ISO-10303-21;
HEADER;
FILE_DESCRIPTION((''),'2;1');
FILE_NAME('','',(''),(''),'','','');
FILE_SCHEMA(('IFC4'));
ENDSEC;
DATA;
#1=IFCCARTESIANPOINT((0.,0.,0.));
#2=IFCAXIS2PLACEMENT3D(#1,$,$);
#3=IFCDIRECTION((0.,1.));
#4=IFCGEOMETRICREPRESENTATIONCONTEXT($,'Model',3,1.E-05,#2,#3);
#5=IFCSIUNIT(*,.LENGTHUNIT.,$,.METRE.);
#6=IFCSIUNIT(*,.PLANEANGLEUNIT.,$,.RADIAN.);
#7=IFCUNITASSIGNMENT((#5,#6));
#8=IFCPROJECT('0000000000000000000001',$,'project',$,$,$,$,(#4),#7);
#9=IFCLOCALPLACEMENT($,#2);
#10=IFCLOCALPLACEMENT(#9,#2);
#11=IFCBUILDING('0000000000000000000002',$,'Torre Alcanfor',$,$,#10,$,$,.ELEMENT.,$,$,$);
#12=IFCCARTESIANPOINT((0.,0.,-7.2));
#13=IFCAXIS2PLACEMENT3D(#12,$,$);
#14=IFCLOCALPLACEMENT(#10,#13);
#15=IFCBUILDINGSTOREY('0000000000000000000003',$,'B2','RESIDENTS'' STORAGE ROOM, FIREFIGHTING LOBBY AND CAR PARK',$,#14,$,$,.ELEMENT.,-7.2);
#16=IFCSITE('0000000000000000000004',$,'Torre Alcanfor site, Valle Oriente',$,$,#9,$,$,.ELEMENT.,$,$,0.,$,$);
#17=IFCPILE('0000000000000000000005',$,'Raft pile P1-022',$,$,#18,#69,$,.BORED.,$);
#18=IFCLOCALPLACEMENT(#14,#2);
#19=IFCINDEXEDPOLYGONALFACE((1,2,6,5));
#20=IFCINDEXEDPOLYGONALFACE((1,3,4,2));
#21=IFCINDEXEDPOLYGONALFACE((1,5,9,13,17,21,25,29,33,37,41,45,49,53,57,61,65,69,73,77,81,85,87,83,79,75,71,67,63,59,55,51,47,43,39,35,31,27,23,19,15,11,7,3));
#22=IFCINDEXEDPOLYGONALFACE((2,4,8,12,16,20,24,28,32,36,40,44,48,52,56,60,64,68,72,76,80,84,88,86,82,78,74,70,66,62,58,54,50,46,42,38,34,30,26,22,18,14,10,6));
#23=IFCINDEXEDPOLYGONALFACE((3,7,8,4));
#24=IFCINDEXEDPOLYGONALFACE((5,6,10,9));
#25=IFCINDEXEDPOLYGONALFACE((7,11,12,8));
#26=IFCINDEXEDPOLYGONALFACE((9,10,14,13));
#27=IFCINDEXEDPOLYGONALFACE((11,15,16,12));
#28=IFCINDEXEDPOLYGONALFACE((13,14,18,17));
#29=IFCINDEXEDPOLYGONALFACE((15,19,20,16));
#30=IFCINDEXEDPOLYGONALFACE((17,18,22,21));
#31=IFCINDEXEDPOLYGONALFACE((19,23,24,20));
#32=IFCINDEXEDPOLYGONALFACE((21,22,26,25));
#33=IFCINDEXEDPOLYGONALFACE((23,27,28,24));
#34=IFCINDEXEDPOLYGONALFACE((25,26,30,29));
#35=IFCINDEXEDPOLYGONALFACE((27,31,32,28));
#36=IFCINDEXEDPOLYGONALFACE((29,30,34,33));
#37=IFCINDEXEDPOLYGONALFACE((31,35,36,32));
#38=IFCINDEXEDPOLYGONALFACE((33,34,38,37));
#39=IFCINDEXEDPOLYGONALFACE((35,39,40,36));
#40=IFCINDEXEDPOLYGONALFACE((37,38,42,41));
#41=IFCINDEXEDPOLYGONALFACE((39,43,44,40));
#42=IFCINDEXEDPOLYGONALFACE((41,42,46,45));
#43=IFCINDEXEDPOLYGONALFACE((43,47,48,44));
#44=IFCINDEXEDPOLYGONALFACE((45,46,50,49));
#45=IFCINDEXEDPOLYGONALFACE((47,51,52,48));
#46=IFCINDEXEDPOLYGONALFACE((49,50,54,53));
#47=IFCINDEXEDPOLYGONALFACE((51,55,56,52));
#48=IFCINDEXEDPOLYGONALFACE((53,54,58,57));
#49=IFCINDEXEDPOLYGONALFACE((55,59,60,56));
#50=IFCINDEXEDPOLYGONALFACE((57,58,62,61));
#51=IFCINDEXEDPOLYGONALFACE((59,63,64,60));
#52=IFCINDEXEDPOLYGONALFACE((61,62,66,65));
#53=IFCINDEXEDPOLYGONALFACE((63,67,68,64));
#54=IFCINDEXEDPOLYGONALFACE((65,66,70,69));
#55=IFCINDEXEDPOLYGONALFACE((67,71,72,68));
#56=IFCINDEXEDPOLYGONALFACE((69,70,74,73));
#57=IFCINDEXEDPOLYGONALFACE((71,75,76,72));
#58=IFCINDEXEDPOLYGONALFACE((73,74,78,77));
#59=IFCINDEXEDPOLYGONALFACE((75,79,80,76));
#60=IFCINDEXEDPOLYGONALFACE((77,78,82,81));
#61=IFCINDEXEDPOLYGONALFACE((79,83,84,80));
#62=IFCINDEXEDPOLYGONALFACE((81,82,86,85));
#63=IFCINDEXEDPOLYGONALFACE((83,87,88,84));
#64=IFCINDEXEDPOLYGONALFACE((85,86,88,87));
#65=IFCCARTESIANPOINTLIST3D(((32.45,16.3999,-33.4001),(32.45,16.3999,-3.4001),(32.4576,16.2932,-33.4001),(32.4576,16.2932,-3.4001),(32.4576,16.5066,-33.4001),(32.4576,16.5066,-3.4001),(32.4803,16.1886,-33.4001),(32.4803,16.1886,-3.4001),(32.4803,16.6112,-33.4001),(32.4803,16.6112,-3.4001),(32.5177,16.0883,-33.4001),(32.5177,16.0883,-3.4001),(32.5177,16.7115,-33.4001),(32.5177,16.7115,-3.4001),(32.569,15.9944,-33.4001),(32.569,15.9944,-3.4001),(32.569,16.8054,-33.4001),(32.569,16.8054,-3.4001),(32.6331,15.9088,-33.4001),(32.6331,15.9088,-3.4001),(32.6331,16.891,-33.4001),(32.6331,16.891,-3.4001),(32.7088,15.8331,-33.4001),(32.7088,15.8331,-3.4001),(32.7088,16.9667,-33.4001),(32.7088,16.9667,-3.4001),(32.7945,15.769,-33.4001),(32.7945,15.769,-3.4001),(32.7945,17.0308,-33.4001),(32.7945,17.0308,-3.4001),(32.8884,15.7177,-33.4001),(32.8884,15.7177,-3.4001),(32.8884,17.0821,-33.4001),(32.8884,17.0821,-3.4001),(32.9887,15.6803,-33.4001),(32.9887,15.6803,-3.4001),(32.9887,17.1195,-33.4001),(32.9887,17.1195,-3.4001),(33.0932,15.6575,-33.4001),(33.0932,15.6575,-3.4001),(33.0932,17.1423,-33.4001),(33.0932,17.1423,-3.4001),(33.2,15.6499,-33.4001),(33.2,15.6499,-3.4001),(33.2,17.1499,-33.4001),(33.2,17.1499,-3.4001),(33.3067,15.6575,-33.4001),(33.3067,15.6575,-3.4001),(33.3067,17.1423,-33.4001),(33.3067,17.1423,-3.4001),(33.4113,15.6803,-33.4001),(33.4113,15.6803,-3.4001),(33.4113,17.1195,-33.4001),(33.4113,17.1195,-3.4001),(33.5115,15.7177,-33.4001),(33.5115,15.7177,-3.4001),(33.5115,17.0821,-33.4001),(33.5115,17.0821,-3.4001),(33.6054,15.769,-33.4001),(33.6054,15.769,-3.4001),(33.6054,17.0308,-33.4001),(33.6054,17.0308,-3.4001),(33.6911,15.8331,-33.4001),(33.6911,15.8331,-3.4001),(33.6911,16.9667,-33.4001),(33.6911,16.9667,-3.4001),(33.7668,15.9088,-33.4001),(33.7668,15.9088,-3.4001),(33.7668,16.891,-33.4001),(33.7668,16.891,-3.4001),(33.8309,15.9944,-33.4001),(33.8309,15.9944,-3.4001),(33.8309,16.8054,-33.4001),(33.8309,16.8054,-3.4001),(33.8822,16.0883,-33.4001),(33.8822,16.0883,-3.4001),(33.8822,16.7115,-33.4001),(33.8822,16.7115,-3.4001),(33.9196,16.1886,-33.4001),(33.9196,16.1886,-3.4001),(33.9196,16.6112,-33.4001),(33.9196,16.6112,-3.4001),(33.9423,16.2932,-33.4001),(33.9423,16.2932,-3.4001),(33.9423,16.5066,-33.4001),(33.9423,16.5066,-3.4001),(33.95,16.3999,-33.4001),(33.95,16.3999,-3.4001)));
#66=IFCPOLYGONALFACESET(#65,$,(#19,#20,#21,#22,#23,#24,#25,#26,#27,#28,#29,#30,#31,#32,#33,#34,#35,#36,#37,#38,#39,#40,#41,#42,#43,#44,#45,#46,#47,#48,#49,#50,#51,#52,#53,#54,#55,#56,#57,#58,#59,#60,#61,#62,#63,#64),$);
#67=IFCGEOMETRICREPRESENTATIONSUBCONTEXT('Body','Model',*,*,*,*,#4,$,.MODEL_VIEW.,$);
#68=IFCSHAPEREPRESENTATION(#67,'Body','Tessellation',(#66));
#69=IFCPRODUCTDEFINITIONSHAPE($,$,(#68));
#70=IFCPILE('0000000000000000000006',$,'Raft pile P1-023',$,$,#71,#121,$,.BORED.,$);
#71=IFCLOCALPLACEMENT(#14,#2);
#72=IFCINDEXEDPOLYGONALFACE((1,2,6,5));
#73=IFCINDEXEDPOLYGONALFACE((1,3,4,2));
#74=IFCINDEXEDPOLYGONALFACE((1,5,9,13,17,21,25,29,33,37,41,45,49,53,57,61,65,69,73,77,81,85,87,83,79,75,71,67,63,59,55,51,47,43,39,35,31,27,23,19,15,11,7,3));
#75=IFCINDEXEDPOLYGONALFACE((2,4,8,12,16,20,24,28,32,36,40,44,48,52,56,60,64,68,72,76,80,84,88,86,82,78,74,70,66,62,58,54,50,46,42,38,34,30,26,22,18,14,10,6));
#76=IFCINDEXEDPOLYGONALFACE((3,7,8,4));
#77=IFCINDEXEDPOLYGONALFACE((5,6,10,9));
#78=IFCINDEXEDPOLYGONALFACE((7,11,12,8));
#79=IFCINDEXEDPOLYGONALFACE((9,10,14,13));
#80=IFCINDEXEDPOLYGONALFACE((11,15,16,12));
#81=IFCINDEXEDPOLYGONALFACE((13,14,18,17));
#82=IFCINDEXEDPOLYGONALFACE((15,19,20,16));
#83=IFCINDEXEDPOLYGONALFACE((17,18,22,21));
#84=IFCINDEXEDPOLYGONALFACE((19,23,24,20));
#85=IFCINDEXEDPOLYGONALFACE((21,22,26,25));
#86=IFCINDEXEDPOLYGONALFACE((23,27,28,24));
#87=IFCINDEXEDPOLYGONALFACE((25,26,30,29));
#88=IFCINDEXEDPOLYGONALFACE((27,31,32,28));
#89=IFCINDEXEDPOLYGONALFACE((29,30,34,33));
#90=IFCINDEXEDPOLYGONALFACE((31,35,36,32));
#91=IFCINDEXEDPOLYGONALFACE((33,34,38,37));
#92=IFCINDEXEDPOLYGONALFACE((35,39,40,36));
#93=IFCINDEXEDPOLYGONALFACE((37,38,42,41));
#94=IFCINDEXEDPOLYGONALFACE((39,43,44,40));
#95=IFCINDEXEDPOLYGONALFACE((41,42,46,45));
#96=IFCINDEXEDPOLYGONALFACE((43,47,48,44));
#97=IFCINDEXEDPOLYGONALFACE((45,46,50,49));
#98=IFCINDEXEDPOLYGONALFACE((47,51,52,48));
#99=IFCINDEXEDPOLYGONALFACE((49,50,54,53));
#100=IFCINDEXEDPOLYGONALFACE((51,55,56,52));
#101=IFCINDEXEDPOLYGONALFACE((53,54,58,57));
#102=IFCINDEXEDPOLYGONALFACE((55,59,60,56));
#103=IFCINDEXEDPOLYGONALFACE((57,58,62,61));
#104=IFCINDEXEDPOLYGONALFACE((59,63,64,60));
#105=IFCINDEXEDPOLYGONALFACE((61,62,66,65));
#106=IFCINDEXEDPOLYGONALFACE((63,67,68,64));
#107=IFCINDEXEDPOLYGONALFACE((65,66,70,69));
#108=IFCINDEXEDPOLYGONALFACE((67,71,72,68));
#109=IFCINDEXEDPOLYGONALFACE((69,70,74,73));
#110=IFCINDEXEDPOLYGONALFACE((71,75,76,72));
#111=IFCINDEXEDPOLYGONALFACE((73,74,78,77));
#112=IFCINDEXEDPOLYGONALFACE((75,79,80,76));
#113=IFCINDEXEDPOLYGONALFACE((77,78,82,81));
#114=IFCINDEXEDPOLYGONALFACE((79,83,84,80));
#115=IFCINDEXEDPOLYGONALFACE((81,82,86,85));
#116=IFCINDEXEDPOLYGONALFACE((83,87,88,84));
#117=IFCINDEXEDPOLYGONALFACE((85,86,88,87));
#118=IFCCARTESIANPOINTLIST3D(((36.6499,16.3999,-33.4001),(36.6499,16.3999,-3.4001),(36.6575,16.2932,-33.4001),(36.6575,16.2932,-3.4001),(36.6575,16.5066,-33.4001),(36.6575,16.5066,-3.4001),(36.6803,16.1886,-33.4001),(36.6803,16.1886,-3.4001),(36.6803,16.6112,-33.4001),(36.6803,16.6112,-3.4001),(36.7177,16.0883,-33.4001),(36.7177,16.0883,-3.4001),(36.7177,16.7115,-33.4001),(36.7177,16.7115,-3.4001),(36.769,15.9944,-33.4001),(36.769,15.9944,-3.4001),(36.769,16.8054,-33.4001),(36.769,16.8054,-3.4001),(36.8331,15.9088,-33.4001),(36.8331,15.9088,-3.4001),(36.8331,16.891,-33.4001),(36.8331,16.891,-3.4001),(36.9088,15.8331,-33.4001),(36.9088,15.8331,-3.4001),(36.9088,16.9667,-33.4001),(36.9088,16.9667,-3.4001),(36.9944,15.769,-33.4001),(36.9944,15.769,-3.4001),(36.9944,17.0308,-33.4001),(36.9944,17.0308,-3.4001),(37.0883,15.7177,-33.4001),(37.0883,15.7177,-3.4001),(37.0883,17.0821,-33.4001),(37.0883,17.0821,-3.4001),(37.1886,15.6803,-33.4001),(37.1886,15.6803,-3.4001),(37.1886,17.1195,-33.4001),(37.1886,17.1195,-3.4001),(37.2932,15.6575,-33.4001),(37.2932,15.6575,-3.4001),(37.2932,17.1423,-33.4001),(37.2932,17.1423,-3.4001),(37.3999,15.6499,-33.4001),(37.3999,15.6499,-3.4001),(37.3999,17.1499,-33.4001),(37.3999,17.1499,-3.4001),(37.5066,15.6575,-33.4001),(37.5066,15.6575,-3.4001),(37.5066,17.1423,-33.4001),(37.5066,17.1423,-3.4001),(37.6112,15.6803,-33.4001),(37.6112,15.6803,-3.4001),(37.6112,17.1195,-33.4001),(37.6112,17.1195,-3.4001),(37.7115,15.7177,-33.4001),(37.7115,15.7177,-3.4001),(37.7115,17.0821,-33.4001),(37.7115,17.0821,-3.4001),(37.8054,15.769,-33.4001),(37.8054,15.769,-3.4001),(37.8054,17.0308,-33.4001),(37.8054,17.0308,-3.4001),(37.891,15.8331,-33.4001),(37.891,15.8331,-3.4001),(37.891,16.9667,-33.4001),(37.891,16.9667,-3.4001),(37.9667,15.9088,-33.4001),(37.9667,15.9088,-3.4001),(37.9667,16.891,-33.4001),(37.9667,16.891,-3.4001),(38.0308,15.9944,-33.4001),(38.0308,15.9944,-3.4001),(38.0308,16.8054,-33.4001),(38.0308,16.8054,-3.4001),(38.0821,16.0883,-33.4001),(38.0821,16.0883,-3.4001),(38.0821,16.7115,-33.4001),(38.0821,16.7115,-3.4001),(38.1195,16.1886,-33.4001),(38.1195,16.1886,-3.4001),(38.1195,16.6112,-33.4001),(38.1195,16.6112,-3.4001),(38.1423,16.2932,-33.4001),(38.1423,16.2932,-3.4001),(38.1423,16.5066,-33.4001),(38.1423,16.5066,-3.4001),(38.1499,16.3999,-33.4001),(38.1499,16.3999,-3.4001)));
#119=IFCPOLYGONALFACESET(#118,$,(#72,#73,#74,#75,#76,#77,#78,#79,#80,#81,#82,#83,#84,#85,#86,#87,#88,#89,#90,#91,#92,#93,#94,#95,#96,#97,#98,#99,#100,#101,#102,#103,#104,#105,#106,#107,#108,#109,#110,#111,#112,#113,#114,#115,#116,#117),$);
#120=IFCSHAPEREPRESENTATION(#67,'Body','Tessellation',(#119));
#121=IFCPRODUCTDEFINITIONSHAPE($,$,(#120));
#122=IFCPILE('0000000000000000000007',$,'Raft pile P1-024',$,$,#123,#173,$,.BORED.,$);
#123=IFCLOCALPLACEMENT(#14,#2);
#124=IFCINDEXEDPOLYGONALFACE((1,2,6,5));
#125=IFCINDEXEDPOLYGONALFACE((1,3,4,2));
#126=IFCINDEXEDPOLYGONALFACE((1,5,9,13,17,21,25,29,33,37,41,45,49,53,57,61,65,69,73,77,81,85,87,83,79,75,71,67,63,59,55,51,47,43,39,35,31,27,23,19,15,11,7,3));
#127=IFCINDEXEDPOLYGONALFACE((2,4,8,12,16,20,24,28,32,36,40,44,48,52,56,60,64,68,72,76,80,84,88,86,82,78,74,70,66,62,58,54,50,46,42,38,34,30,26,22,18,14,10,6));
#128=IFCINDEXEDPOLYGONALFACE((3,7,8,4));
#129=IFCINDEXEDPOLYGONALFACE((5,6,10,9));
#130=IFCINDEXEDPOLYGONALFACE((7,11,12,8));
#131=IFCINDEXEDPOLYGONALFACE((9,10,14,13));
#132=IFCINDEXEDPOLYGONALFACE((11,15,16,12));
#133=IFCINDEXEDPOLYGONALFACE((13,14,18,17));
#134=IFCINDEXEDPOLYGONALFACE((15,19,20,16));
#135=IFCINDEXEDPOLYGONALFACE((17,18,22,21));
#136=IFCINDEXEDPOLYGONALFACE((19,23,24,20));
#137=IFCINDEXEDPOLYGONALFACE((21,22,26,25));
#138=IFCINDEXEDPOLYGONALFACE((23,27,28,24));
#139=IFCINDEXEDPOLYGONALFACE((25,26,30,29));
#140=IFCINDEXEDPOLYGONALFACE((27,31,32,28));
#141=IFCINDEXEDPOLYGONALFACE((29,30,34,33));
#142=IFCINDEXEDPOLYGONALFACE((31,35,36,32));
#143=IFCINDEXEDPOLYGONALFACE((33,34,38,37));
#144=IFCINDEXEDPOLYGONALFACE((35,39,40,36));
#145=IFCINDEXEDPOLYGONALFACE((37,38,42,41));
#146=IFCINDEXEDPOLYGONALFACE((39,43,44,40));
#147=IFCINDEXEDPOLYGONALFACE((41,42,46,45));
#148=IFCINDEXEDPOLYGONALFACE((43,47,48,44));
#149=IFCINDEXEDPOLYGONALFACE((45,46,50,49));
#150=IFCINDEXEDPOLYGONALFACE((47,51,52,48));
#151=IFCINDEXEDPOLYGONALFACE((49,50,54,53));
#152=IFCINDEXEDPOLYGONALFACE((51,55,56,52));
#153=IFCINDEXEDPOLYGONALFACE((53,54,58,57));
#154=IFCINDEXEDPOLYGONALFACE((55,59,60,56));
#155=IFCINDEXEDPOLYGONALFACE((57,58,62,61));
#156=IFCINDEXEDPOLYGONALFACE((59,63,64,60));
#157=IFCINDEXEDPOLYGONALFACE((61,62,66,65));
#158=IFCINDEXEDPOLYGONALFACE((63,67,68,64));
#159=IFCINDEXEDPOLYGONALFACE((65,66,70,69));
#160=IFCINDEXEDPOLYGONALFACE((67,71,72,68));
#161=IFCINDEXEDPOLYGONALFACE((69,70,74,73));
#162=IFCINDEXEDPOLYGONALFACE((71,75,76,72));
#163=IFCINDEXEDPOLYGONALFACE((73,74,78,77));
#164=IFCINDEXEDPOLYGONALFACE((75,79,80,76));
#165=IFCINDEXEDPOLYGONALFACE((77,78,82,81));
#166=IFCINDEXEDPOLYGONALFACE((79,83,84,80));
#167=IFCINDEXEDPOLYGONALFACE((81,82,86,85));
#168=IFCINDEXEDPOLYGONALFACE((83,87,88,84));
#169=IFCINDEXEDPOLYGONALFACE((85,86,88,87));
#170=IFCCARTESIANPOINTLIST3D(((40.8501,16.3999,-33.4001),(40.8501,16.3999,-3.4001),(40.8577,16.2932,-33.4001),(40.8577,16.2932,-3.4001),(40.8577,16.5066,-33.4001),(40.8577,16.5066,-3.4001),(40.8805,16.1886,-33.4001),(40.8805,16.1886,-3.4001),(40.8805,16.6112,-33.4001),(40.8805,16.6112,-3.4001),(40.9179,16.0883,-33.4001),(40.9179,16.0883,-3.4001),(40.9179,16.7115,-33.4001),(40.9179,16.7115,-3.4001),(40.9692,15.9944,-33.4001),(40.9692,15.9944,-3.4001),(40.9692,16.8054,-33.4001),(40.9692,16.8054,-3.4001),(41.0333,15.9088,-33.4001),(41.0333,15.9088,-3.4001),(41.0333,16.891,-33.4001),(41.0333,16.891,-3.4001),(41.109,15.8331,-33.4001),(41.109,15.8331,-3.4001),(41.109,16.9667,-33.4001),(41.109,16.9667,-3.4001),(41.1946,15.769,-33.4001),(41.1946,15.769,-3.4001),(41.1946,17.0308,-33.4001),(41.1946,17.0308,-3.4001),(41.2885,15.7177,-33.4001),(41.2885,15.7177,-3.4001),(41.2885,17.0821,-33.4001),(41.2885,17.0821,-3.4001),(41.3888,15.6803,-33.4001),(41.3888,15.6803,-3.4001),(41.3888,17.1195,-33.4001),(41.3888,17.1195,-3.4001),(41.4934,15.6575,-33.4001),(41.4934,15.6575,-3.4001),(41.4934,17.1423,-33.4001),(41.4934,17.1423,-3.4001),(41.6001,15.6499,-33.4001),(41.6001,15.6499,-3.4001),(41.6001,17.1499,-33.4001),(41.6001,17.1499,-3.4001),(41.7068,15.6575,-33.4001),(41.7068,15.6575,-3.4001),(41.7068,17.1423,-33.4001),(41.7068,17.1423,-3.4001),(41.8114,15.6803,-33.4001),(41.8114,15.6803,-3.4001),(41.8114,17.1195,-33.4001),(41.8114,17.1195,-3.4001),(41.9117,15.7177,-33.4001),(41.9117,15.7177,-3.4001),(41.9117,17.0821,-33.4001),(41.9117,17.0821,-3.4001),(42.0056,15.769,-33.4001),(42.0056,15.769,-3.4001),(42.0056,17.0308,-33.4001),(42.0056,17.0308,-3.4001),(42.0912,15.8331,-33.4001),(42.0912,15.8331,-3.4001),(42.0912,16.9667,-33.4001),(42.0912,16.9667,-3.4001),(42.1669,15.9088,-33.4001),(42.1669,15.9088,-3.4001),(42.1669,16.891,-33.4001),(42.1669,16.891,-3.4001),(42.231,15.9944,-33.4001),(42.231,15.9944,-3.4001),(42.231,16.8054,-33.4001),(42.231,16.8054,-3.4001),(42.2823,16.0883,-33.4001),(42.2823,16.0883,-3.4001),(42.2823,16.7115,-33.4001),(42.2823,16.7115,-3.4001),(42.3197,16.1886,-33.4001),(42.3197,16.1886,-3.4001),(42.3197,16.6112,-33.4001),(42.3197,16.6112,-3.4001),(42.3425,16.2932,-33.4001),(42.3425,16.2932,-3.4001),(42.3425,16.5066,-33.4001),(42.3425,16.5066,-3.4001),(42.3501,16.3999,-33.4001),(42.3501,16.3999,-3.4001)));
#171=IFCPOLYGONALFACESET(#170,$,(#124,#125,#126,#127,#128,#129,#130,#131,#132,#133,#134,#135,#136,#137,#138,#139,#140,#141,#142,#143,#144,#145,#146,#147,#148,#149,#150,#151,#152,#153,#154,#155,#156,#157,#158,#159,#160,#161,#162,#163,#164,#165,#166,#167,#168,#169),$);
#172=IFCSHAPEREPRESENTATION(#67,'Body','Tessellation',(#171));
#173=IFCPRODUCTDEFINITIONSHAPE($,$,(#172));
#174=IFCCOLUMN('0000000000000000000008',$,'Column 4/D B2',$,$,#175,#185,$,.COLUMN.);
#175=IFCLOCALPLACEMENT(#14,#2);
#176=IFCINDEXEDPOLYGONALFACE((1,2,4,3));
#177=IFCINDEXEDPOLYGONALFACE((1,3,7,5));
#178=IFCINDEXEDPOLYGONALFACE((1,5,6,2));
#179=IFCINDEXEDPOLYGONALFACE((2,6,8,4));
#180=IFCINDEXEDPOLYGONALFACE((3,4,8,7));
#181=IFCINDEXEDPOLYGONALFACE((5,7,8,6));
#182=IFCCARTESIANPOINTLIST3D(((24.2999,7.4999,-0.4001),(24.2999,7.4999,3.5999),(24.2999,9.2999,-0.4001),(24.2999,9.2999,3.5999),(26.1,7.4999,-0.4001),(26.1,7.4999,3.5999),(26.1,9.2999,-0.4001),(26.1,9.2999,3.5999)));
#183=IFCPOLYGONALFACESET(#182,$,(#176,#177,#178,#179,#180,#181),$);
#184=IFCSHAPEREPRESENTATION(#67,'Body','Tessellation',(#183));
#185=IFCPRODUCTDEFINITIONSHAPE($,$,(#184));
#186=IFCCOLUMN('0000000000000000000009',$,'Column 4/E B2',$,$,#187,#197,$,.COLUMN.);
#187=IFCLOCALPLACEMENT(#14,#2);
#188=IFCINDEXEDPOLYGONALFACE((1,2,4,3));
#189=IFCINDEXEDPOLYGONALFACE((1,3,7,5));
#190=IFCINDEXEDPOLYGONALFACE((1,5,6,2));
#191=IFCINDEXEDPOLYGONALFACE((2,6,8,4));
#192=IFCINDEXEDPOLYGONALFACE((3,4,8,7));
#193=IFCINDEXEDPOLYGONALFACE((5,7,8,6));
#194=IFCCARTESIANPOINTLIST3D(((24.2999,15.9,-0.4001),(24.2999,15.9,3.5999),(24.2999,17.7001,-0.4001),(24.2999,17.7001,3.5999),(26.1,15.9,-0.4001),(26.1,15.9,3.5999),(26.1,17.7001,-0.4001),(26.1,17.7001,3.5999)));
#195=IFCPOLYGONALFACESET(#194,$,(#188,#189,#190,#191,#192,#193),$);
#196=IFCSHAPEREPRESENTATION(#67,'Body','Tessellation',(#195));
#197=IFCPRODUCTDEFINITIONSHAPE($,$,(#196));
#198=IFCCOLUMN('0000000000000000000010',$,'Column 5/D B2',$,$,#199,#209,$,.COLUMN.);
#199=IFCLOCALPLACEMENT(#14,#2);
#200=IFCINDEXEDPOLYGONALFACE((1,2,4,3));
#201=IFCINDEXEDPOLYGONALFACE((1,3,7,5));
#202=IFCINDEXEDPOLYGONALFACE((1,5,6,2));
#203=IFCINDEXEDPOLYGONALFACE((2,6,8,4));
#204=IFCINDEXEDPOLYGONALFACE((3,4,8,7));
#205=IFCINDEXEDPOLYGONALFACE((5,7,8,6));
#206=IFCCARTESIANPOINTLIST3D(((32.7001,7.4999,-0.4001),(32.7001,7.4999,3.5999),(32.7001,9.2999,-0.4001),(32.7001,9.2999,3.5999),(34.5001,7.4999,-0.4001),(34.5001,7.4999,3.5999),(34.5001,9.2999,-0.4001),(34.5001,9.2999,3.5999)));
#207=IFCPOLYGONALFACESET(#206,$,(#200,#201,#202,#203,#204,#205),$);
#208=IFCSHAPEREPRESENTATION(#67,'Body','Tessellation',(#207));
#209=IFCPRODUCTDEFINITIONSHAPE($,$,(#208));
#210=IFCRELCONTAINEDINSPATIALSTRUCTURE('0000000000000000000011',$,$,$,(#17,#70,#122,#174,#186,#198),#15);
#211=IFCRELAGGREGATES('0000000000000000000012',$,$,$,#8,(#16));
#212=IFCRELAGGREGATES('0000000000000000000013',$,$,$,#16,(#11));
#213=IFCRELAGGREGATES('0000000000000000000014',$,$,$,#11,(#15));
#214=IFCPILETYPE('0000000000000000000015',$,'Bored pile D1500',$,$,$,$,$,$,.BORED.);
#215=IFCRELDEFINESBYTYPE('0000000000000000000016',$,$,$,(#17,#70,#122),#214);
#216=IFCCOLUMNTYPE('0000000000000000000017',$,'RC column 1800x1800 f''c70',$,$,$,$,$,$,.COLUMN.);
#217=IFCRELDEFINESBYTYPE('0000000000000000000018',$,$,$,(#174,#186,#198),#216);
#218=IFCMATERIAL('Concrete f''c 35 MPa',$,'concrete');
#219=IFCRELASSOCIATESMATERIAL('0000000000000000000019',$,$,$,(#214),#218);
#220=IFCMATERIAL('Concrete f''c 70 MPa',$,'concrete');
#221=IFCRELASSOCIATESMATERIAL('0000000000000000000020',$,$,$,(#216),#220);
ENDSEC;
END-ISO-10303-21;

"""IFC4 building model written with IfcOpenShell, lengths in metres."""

from ifc_helpers import new_model, si_unit, direction, frame, origin, origin_2d, place, context, subcontext, project, spatial, rectangle, circle, extrude, material, material_profile, profile_set, type_object, element, save


model = new_model("IFC4")

# Units and contexts
model_context = context("Model", 3, precision=1e-05, world=origin(), true_north=direction((0.0, 1.0)))
body_context = subcontext(model_context, "Body", "Model", "MODEL_VIEW")
ifc_project = project(units=[si_unit("LENGTHUNIT", "METRE"), si_unit("PLANEANGLEUNIT", "RADIAN")], contexts=[model_context])

# Site, building, storey
site_placement = place(None, origin())
site = spatial("IfcSite", under=ifc_project, at=site_placement, Name="Torre Alcanfor site, Valle Oriente", CompositionType="ELEMENT", RefElevation=0.0)
building_placement = place(site_placement, origin())
building = spatial("IfcBuilding", under=site, at=building_placement, Name="Torre Alcanfor", CompositionType="ELEMENT")
storey_placement = place(building_placement, frame((0.0, 0.0, -7.2)))
storey = spatial("IfcBuildingStorey", under=building, at=storey_placement, Name="B2", Description="RESIDENTS' STORAGE ROOM, FIREFIGHTING LOBBY AND CAR PARK", CompositionType="ELEMENT", Elevation=-7.2)

# Piles
ifc_material_1 = material(Name="Concrete f'c 35 MPa", Category="concrete")
ifc_material_profile_1 = material_profile(ifc_material_1, circle(Radius=0.75, at=origin_2d()), Name="D1500")
ifc_profile_set_1 = profile_set([ifc_material_profile_1], Name="Concrete f'c 35 MPa")
pile_type = type_object("IfcPileType", Name="Bored pile D1500", PredefinedType="BORED", material=ifc_profile_set_1)
for number, where, z_axis, x_axis, name in (
    (1, (33.2, 16.3999, -3.4001), (0.0, 0.0, -1.0), (1.0, 0.0, 0.0), "Raft pile P1-022"),
    (2, (37.3999, 16.3999, -3.4001), (0.0, 0.0, -1.0), (1.0, 0.0, 0.0), "Raft pile P1-023"),
    (3, (41.6001, 16.3999, -3.4001), (0.0, 0.0, -1.0), (1.0, 0.0, 0.0), "Raft pile P1-024"),
):
    element("IfcPile", number, at=place(storey_placement, frame(where, z_axis=z_axis, x_axis=x_axis)), inside=storey, type_object=pile_type, Name=name, PredefinedType="BORED", context=body_context, shape_type="SweptSolid", body=[
        extrude(circle(Radius=0.75, at=origin_2d()), origin(), (0.0, 0.0, 1.0), 30.0),
    ])

# Columns
ifc_material_2 = material(Name="Concrete f'c 70 MPa", Category="concrete")
ifc_material_profile_2 = material_profile(ifc_material_2, rectangle(XDim=1.8, YDim=1.8, at=origin_2d()), Name="1800x1800")
ifc_profile_set_2 = profile_set([ifc_material_profile_2], Name="Concrete f'c 70 MPa")
column_type = type_object("IfcColumnType", Name="RC column 1800x1800 f'c70", PredefinedType="COLUMN", material=ifc_profile_set_2)
for number, where, z_axis, x_axis, name in (
    (4, (25.2, 8.3999, -0.4001), (0.0, 0.0, 1.0), (1.0, 0.0, 0.0), "Column 4/D B2"),
    (5, (25.2, 16.8, -0.4001), (0.0, 0.0, 1.0), (1.0, 0.0, 0.0), "Column 4/E B2"),
    (6, (33.6001, 8.3999, -0.4001), (0.0, 0.0, 1.0), (1.0, 0.0, 0.0), "Column 5/D B2"),
):
    element("IfcColumn", number, at=place(storey_placement, frame(where, z_axis=z_axis, x_axis=x_axis)), inside=storey, type_object=column_type, Name=name, PredefinedType="COLUMN", context=body_context, shape_type="SweptSolid", body=[
        extrude(rectangle(XDim=1.8, YDim=1.8, at=origin_2d()), origin(), (0.0, 0.0, 1.0), 4.0),
    ])

save(model, "model.ifc")
